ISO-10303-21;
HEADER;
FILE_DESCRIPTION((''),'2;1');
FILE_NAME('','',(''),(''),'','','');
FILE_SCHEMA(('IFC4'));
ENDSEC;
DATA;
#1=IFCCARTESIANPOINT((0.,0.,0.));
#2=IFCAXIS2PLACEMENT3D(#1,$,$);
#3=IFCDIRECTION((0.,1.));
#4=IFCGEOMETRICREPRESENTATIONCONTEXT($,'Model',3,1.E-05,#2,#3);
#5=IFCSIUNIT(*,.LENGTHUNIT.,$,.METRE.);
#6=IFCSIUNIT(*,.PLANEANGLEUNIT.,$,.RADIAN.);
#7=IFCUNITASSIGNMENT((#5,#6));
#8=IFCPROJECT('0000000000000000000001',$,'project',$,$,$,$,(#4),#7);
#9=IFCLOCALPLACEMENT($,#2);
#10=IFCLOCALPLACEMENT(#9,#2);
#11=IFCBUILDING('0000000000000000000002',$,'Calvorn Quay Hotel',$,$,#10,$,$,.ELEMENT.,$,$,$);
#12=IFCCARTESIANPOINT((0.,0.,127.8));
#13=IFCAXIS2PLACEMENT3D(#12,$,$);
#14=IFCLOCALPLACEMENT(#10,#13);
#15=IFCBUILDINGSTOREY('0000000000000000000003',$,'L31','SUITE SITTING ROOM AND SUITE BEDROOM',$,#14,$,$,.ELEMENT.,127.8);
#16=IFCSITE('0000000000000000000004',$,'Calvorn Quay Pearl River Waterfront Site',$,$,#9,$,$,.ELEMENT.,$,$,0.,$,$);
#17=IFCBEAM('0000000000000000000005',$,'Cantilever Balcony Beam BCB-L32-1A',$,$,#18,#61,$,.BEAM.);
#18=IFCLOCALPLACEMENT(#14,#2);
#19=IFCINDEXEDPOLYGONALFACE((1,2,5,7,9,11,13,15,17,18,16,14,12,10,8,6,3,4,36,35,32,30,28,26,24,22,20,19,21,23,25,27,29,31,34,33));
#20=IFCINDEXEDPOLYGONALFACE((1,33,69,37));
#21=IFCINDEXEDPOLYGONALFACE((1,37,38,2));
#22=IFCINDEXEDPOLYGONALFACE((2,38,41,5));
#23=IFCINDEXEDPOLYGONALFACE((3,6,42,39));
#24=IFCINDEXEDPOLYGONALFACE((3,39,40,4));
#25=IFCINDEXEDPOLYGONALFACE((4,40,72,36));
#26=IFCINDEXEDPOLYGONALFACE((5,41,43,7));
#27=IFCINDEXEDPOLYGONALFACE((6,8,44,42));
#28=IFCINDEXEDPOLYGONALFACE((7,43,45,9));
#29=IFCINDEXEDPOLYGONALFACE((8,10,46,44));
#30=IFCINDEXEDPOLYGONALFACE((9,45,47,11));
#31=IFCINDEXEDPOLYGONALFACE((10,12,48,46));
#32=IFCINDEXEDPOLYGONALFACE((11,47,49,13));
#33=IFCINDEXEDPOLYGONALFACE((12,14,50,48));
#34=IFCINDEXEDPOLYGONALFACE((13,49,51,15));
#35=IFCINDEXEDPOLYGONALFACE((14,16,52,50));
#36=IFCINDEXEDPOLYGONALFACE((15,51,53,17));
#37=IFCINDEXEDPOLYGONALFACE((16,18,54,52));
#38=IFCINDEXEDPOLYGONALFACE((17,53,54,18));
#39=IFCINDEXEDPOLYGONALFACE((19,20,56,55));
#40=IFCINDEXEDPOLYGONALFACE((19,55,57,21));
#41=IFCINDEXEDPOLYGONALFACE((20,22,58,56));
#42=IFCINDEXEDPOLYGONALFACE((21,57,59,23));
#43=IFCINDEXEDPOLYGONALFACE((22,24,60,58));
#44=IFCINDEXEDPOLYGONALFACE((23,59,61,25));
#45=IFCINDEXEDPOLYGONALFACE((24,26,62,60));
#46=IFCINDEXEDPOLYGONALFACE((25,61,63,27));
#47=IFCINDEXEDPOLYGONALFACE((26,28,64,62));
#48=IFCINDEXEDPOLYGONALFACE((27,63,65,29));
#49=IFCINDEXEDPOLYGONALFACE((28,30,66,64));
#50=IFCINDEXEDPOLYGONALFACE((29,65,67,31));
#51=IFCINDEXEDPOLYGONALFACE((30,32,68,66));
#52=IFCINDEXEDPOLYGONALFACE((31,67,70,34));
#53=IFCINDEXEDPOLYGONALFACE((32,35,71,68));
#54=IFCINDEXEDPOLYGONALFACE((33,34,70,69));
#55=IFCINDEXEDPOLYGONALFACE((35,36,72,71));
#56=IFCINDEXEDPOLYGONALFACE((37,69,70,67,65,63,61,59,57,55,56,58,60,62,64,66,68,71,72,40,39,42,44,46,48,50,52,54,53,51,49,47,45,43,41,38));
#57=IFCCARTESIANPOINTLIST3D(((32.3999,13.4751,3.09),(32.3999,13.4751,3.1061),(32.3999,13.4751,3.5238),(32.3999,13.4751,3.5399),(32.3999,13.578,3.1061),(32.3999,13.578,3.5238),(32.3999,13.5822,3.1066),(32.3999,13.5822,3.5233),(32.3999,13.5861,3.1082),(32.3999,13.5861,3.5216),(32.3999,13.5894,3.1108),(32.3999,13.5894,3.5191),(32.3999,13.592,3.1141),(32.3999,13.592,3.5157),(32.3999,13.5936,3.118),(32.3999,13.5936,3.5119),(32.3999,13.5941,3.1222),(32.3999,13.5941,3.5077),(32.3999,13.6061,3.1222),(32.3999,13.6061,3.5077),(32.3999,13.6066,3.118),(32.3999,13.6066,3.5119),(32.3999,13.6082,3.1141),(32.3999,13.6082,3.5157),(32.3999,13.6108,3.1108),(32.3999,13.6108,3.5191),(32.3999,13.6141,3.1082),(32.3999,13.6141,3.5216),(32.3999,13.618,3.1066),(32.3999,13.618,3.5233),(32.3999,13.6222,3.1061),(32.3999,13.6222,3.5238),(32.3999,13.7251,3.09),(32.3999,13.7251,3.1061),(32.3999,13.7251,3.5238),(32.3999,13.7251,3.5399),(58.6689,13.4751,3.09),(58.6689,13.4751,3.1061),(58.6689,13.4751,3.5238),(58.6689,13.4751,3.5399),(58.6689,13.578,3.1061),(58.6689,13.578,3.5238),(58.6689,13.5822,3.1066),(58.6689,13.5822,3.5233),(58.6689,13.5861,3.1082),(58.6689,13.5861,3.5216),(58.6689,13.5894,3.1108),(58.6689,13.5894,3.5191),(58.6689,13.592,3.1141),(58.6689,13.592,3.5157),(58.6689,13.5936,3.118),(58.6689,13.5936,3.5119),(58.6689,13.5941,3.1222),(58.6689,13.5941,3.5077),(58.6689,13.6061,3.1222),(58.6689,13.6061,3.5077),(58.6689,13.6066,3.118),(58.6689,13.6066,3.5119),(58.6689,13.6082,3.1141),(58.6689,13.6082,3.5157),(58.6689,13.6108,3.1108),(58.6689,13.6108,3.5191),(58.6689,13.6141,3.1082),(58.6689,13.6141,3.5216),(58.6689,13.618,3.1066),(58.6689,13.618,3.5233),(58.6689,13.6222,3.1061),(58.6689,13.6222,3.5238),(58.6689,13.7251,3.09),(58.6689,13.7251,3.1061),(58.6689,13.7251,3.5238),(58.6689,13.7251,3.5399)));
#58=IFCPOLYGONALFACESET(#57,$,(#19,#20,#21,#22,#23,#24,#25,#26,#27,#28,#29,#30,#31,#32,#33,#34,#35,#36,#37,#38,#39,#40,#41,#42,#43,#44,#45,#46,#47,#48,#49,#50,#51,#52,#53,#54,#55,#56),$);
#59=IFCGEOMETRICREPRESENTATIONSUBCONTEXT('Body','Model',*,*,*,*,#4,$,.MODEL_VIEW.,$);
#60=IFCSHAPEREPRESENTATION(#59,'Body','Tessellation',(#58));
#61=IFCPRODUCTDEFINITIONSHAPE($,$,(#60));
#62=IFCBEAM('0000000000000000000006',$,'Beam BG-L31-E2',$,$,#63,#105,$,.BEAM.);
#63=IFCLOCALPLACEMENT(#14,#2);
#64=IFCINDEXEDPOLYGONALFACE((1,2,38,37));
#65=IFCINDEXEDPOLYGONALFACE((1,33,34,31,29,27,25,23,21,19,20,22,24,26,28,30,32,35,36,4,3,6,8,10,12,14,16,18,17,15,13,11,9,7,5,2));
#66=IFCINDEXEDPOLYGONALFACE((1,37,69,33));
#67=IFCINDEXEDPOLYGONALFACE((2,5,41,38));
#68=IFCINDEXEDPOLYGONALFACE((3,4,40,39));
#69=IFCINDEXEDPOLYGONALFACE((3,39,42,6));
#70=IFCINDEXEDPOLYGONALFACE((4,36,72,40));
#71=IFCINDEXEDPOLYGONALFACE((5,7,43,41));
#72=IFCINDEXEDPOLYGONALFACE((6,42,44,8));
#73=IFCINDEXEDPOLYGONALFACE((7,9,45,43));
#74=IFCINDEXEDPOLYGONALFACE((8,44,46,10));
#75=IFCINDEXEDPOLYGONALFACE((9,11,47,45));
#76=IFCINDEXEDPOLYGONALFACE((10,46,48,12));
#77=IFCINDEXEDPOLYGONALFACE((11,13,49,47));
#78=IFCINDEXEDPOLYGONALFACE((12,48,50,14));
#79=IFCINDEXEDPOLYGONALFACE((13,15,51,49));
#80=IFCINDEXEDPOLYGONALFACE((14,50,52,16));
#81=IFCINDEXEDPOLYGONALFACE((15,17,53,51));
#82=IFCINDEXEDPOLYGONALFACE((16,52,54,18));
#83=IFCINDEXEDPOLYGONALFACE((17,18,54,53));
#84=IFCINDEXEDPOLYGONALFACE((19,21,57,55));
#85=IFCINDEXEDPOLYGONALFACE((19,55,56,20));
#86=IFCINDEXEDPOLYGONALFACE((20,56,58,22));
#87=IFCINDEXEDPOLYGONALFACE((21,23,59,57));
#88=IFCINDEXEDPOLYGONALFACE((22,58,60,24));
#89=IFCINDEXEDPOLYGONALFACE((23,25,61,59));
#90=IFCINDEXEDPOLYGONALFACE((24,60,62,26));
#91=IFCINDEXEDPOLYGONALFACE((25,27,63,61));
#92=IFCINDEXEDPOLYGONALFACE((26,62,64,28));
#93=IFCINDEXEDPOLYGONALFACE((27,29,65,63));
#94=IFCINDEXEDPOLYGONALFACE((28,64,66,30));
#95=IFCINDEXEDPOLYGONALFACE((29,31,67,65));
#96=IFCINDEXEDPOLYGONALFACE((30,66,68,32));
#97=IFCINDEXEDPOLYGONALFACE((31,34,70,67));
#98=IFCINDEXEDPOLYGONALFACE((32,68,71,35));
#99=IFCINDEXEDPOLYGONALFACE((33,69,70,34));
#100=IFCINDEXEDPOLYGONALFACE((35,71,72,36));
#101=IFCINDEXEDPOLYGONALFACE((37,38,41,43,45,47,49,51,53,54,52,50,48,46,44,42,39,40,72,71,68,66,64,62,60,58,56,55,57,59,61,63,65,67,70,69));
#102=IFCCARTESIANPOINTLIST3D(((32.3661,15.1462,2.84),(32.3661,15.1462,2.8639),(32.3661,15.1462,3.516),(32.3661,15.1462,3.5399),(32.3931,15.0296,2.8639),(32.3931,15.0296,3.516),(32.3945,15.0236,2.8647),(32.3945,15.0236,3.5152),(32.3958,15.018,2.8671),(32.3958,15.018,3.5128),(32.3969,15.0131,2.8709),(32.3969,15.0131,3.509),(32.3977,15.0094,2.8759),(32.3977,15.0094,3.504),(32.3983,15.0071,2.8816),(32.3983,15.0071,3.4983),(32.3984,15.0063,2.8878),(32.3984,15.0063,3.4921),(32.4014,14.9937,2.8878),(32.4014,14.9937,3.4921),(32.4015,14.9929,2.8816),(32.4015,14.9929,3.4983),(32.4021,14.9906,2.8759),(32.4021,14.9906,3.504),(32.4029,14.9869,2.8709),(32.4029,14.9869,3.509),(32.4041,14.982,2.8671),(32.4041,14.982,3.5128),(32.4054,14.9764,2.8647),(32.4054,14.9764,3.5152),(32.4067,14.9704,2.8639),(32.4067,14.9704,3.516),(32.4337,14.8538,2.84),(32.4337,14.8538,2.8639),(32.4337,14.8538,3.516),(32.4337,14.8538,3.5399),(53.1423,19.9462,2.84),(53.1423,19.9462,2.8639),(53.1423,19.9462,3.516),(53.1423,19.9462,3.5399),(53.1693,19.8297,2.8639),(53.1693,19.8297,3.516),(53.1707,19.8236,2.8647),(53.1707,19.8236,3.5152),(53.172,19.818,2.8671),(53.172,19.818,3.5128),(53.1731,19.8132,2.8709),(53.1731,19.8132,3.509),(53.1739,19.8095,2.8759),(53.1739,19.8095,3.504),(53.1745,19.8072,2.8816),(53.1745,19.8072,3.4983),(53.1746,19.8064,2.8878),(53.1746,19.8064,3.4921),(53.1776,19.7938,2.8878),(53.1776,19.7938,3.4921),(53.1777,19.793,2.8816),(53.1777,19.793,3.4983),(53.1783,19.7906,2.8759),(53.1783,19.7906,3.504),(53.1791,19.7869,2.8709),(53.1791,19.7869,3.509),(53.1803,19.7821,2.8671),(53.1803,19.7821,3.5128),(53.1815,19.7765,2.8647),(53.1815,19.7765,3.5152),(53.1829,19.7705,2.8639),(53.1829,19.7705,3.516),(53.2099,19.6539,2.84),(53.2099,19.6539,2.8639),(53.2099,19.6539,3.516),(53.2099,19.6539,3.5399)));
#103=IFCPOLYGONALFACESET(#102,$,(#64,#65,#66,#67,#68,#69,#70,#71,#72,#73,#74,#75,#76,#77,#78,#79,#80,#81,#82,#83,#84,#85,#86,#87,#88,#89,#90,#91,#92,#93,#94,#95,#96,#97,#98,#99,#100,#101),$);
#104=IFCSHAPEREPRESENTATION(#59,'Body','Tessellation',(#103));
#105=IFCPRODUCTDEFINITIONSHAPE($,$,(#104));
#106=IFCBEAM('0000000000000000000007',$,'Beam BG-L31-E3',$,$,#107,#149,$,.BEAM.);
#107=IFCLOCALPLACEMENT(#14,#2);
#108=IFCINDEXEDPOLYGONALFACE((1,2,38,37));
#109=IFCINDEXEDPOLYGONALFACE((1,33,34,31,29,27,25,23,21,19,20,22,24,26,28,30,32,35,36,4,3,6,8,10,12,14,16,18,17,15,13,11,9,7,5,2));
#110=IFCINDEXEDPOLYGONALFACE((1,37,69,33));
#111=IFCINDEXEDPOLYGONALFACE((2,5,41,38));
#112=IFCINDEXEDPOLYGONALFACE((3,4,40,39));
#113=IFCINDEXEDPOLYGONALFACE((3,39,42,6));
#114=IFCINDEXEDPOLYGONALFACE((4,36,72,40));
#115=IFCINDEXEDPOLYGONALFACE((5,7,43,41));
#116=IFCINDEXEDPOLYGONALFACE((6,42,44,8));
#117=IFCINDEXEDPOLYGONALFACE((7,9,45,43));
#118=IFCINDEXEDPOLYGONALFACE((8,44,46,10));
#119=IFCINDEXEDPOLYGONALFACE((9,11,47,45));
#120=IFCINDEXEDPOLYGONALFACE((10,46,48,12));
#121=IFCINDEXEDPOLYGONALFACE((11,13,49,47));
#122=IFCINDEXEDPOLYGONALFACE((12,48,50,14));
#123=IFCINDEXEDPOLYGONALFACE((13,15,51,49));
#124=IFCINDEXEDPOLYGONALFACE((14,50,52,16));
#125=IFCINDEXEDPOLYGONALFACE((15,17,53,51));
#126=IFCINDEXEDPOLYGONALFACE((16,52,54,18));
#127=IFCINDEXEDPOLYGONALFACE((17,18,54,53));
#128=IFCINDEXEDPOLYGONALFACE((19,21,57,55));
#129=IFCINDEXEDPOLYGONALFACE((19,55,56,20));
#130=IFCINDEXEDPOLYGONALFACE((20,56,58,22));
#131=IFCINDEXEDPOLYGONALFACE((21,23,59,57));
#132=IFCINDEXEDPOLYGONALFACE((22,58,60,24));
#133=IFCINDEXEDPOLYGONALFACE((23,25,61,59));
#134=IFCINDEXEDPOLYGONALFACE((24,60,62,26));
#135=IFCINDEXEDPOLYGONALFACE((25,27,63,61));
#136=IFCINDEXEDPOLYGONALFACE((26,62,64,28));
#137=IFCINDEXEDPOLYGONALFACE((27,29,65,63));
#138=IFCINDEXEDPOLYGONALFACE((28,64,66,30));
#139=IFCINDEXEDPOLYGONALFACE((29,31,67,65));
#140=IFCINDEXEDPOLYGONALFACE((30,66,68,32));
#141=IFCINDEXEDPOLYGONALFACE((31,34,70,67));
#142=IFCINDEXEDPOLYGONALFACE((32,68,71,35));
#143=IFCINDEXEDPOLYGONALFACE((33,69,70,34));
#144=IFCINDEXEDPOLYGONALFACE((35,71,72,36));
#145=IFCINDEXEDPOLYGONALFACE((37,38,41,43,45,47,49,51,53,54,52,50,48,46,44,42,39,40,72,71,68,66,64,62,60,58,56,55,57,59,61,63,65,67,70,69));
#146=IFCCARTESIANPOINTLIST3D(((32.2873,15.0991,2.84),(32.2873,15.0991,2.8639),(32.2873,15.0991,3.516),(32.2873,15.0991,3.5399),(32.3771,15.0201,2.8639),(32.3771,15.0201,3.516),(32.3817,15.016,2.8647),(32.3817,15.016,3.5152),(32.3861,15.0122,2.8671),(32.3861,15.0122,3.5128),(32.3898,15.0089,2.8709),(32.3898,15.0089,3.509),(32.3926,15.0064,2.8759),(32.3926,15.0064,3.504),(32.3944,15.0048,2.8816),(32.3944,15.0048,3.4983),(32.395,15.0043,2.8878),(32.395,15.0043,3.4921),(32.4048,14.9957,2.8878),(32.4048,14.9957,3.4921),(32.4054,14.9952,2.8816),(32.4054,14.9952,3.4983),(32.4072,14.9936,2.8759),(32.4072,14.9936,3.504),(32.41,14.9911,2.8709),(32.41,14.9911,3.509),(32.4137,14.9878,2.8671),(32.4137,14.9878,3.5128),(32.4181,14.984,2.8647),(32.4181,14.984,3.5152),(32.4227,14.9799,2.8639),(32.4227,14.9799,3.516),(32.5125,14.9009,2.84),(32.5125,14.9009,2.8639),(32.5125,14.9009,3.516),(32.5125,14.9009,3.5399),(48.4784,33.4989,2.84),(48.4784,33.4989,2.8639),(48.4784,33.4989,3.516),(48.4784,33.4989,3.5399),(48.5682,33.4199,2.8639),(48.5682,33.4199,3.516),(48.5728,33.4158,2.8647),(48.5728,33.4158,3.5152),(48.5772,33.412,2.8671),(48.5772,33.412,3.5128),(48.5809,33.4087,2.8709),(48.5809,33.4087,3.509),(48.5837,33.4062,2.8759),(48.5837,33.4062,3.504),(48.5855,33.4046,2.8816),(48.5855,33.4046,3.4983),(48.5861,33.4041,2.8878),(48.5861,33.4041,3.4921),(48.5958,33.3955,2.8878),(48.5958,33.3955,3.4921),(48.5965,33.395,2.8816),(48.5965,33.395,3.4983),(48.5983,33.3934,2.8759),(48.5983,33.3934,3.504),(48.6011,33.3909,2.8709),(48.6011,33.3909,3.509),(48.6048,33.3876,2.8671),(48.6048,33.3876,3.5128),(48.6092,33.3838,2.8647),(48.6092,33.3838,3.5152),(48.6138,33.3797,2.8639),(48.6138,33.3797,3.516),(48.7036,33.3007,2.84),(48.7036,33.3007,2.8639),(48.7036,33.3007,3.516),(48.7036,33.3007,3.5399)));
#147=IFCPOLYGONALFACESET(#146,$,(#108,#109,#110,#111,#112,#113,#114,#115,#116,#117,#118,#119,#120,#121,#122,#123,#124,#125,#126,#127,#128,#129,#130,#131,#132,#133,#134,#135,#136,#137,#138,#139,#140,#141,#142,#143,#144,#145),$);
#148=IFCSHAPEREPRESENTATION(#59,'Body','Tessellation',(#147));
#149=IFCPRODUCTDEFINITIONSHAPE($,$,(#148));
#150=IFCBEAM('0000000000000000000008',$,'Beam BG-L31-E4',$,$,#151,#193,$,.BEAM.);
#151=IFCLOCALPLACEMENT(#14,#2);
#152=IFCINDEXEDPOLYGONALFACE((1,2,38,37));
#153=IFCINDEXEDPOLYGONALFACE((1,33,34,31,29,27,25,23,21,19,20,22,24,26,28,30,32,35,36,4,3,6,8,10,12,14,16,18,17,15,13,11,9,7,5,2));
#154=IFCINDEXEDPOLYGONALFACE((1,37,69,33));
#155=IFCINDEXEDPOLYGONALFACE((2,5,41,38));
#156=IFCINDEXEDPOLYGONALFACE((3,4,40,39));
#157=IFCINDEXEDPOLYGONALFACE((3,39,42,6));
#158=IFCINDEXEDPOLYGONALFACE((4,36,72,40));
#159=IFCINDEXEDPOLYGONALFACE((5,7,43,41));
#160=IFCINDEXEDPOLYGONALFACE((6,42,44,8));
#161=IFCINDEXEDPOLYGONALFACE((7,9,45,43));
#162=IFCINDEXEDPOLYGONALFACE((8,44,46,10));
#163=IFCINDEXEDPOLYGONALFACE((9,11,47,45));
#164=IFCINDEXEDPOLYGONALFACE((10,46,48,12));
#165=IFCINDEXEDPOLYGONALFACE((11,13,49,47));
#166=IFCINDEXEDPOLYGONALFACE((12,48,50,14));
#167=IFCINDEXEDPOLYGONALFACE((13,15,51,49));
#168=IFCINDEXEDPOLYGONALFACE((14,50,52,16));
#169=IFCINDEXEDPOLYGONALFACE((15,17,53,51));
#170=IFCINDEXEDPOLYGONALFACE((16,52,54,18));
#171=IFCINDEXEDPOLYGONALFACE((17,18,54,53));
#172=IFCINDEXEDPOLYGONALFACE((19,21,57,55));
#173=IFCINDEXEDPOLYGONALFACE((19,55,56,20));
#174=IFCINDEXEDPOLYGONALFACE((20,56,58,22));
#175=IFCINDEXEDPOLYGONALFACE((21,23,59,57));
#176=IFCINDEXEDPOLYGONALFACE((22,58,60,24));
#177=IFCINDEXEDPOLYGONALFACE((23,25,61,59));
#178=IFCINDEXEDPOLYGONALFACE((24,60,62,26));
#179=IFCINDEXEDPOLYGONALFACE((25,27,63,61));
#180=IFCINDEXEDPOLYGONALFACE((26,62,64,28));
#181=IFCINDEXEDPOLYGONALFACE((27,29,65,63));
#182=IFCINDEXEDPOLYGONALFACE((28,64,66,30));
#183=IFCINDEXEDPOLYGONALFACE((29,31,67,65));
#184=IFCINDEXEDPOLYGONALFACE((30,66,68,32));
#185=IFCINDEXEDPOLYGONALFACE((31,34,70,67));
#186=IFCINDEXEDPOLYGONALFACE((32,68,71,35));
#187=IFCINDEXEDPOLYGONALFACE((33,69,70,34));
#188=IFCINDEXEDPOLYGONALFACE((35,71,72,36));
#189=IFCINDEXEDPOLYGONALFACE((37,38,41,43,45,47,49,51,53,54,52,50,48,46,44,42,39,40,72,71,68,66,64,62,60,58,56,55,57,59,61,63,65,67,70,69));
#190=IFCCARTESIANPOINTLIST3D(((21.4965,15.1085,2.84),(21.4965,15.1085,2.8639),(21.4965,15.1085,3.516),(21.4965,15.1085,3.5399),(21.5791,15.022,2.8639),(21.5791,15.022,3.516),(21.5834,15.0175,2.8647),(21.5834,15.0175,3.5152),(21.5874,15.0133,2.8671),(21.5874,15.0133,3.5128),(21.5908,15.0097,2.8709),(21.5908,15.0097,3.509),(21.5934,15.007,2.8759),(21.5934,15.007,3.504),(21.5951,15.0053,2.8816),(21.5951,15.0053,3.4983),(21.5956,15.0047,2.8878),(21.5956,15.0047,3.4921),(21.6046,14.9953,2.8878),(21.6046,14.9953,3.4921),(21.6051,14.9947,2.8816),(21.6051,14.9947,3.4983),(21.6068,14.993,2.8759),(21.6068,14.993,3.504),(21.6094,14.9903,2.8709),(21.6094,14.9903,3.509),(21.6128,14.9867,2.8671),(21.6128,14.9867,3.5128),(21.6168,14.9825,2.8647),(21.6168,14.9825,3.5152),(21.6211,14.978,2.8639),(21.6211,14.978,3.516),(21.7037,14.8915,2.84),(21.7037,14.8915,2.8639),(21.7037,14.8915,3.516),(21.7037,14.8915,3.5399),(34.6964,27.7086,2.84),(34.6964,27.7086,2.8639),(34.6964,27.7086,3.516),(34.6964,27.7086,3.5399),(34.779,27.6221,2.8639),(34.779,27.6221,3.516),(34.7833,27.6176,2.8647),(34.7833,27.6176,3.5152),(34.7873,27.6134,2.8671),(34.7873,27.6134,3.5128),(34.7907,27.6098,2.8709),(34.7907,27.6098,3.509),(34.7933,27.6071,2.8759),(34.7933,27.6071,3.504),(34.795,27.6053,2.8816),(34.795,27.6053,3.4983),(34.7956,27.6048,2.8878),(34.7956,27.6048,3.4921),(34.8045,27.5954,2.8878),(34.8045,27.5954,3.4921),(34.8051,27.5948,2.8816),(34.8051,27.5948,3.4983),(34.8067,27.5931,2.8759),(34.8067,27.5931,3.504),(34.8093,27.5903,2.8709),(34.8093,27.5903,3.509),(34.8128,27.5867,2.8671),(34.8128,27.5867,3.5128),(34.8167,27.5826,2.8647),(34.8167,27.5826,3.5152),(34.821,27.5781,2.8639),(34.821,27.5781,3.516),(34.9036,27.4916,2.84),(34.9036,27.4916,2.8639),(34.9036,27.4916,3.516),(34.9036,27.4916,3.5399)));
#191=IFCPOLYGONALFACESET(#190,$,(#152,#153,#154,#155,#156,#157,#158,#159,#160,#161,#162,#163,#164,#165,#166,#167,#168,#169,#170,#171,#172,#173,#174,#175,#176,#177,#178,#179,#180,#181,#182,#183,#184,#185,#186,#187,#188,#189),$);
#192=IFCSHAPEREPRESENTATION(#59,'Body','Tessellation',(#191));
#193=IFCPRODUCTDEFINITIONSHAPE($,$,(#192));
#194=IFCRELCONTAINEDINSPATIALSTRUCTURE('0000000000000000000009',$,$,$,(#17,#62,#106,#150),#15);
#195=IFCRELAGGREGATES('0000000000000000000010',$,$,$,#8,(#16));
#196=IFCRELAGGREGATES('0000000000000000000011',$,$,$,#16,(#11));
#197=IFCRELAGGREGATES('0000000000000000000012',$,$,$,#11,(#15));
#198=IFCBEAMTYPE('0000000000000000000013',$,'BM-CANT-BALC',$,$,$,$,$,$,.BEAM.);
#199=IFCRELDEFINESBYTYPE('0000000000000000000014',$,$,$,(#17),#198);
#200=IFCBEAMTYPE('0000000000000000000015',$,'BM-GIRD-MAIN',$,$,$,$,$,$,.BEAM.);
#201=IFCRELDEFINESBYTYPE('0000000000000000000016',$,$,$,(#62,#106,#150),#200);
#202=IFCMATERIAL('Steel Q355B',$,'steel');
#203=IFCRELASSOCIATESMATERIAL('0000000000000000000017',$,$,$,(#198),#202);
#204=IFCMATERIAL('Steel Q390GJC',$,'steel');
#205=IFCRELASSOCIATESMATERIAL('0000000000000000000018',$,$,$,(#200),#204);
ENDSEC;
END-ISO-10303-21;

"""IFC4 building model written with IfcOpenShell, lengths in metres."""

from ifc_helpers import new_model, si_unit, direction, frame, origin, origin_2d, place, context, subcontext, project, spatial, i_section, extrude, material, material_profile, profile_set, type_object, element, save


model = new_model("IFC4")

# Units and contexts
model_context = context("Model", 3, precision=1e-05, world=origin(), true_north=direction((0.0, 1.0)))
body_context = subcontext(model_context, "Body", "Model", "MODEL_VIEW")
ifc_project = project(units=[si_unit("LENGTHUNIT", "METRE"), si_unit("PLANEANGLEUNIT", "RADIAN")], contexts=[model_context])

# Site, building, storey
site_placement = place(None, origin())
site = spatial("IfcSite", under=ifc_project, at=site_placement, Name="Calvorn Quay Pearl River Waterfront Site", CompositionType="ELEMENT", RefElevation=0.0)
building_placement = place(site_placement, origin())
building = spatial("IfcBuilding", under=site, at=building_placement, Name="Calvorn Quay Hotel", CompositionType="ELEMENT")
storey_placement = place(building_placement, frame((0.0, 0.0, 127.8)))
storey = spatial("IfcBuildingStorey", under=building, at=storey_placement, Name="L31", Description="SUITE SITTING ROOM AND SUITE BEDROOM", CompositionType="ELEMENT", Elevation=127.8)

# Beams
ifc_material_1 = material(Name="Steel Q355B", Category="steel")
ifc_material_profile_1 = material_profile(ifc_material_1, i_section(OverallWidth=0.25, OverallDepth=0.45, WebThickness=0.012, FlangeThickness=0.0161, FilletRadius=0.0161, at=origin_2d()), Name="HN450x250x12x16")
ifc_profile_set_1 = profile_set([ifc_material_profile_1], Name="Steel Q355B")
beam_type_1 = type_object("IfcBeamType", Name="BM-CANT-BALC", PredefinedType="BEAM", material=ifc_profile_set_1)
beam_1_placement = place(storey_placement, frame((32.3999, 13.6001, 3.3149), z_axis=(1.0, 0.0, 0.0), x_axis=(0.0, 1.0, 0.0)))
element("IfcBeam", 1, at=beam_1_placement, inside=storey, type_object=beam_type_1, Name="Cantilever Balcony Beam BCB-L32-1A", PredefinedType="BEAM", context=body_context, shape_type="SweptSolid", body=[
    extrude(i_section(OverallWidth=0.25, OverallDepth=0.45, WebThickness=0.012, FlangeThickness=0.0161, FilletRadius=0.0161, at=origin_2d()), origin(), (0.0, 0.0, 1.0), 26.269),
])
ifc_material_2 = material(Name="Steel Q390GJC", Category="steel")
ifc_material_profile_2 = material_profile(ifc_material_2, i_section(OverallWidth=0.3, OverallDepth=0.7, WebThickness=0.0129, FlangeThickness=0.0239, FilletRadius=0.0239, at=origin_2d()), Name="HN700x300x13x24")
ifc_profile_set_2 = profile_set([ifc_material_profile_2], Name="Steel Q390GJC")
beam_type_2 = type_object("IfcBeamType", Name="BM-GIRD-MAIN", PredefinedType="BEAM", material=ifc_profile_set_2)
beam_2_placement = place(storey_placement, frame((32.3999, 15.0, 3.1899), z_axis=(0.974334, 0.225107, 0.0), x_axis=(-0.225107, 0.974334, 0.0)))
element("IfcBeam", 2, at=beam_2_placement, inside=storey, type_object=beam_type_2, Name="Beam BG-L31-E2", PredefinedType="BEAM", context=body_context, shape_type="SweptSolid", body=[
    extrude(i_section(OverallWidth=0.3, OverallDepth=0.7, WebThickness=0.0129, FlangeThickness=0.0239, FilletRadius=0.0239, at=origin_2d()), origin(), (0.0, 0.0, 1.0), 21.3235),
])
beam_3_placement = place(storey_placement, frame((32.3999, 15.0, 3.1899), z_axis=(0.660611, 0.750729, 0.0), x_axis=(-0.750729, 0.660611, 0.0)))
element("IfcBeam", 3, at=beam_3_placement, inside=storey, type_object=beam_type_2, Name="Beam BG-L31-E3", PredefinedType="BEAM", context=body_context, shape_type="SweptSolid", body=[
    extrude(i_section(OverallWidth=0.3, OverallDepth=0.7, WebThickness=0.0129, FlangeThickness=0.0239, FilletRadius=0.0239, at=origin_2d()), origin(), (0.0, 0.0, 1.0), 24.5093),
])
beam_4_placement = place(storey_placement, frame((21.6001, 15.0, 3.1899), z_axis=(0.723352, 0.69048, 0.0), x_axis=(-0.69048, 0.723352, 0.0)))
element("IfcBeam", 4, at=beam_4_placement, inside=storey, type_object=beam_type_2, Name="Beam BG-L31-E4", PredefinedType="BEAM", context=body_context, shape_type="SweptSolid", body=[
    extrude(i_section(OverallWidth=0.3, OverallDepth=0.7, WebThickness=0.0129, FlangeThickness=0.0239, FilletRadius=0.0239, at=origin_2d()), origin(), (0.0, 0.0, 1.0), 18.2483),
])

save(model, "model.ifc")
